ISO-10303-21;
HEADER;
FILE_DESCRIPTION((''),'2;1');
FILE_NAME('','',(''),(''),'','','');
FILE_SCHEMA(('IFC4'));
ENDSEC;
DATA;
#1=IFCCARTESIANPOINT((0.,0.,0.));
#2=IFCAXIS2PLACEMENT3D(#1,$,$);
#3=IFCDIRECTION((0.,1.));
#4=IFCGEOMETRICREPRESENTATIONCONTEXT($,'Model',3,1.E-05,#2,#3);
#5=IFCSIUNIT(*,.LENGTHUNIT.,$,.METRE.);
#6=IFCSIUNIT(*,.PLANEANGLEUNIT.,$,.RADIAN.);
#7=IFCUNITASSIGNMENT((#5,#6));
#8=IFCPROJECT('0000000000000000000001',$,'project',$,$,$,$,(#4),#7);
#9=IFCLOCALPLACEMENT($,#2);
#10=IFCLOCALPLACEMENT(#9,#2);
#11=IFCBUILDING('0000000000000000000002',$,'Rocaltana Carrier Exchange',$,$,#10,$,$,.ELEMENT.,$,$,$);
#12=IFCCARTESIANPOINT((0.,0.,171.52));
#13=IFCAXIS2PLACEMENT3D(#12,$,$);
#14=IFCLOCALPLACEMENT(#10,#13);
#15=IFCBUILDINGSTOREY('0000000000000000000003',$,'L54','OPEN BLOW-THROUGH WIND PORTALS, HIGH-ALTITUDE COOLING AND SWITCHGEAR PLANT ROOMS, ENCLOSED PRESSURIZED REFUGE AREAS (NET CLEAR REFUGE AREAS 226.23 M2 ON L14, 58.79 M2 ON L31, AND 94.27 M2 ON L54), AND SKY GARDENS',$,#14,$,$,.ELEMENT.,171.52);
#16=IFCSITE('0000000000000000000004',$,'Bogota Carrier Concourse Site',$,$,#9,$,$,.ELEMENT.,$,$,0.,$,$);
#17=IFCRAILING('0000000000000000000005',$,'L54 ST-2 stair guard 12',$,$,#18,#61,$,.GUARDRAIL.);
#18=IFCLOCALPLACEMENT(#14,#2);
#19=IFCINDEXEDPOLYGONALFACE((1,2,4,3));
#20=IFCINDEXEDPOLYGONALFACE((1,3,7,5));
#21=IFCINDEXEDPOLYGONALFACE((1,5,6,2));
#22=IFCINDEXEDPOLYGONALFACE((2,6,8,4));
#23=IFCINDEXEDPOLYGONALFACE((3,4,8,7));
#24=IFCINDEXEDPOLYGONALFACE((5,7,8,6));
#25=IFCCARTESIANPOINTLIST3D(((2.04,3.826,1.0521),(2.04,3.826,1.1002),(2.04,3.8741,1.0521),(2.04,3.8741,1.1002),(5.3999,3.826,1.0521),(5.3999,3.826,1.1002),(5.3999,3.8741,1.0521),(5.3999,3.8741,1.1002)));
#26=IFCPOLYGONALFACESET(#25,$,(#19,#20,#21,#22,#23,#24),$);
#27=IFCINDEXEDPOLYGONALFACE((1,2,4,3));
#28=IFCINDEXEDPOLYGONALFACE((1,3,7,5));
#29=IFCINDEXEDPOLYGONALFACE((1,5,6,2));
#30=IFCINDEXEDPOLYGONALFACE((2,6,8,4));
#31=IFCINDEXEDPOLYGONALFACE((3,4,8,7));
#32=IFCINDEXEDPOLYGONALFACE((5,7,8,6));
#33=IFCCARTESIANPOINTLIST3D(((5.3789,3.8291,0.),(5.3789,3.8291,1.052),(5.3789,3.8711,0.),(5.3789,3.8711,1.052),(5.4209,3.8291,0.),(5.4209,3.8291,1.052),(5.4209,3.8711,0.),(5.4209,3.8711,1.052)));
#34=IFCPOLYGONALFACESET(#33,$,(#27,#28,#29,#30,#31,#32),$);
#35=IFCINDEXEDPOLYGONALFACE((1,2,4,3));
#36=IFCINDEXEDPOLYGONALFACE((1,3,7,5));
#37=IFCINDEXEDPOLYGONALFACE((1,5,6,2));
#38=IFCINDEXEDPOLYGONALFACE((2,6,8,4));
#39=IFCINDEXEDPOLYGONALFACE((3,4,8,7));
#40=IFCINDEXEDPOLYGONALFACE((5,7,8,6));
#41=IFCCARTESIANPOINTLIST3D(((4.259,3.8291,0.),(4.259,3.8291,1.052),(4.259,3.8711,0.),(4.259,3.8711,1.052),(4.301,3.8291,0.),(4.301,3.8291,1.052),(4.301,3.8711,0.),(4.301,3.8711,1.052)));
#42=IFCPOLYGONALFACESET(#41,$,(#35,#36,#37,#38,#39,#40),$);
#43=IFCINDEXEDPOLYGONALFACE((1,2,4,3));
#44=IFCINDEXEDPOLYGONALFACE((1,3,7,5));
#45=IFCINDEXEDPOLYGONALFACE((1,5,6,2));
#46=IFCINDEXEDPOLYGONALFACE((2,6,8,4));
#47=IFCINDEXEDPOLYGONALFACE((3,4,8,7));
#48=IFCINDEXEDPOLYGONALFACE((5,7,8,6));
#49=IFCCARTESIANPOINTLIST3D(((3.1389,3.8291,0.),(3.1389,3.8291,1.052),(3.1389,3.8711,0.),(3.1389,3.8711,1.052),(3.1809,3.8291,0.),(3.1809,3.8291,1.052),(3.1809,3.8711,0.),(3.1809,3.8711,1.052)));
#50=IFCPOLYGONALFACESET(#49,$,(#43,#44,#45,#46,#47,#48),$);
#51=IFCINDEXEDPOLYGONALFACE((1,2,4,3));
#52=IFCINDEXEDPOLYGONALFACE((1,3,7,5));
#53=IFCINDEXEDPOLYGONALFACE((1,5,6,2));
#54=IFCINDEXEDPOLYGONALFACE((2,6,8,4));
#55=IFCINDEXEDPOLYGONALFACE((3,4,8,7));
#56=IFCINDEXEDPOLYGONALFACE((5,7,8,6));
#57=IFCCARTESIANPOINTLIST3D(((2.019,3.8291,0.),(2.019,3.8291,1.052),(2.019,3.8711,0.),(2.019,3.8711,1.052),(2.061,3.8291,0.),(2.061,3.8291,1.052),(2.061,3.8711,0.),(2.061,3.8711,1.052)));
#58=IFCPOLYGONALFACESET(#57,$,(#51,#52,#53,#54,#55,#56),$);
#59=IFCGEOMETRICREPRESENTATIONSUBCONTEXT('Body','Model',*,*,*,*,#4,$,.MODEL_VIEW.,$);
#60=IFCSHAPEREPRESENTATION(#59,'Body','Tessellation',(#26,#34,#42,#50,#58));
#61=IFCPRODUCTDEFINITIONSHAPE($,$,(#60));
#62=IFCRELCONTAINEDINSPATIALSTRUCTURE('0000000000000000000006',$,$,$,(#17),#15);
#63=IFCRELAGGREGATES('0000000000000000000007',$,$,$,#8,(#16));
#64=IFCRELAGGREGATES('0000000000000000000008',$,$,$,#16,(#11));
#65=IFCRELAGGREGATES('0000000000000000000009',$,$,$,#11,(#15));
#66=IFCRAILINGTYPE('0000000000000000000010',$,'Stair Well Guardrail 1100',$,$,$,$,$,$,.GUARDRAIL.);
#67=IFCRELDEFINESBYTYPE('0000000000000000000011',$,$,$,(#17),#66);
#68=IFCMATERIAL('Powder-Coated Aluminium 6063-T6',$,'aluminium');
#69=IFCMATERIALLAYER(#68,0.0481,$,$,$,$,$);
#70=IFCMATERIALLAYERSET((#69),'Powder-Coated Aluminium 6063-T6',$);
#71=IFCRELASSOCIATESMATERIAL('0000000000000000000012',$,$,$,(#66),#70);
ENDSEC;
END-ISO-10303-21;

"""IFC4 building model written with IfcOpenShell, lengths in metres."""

from ifc_helpers import new_model, si_unit, direction, frame, origin, origin_2d, place, context, subcontext, project, spatial, rectangle, extrude, material, layer, layer_set, type_object, element, save


model = new_model("IFC4")

# Units and contexts
model_context = context("Model", 3, precision=1e-05, world=origin(), true_north=direction((0.0, 1.0)))
body_context = subcontext(model_context, "Body", "Model", "MODEL_VIEW")
ifc_project = project(units=[si_unit("LENGTHUNIT", "METRE"), si_unit("PLANEANGLEUNIT", "RADIAN")], contexts=[model_context])

# Site, building, storey
site_placement = place(None, origin())
site = spatial("IfcSite", under=ifc_project, at=site_placement, Name="Bogota Carrier Concourse Site", CompositionType="ELEMENT", RefElevation=0.0)
building_placement = place(site_placement, origin())
building = spatial("IfcBuilding", under=site, at=building_placement, Name="Rocaltana Carrier Exchange", CompositionType="ELEMENT")
storey_placement = place(building_placement, frame((0.0, 0.0, 171.52)))
storey = spatial("IfcBuildingStorey", under=building, at=storey_placement, Name="L54", Description="OPEN BLOW-THROUGH WIND PORTALS, HIGH-ALTITUDE COOLING AND SWITCHGEAR PLANT ROOMS, ENCLOSED PRESSURIZED REFUGE AREAS (NET CLEAR REFUGE AREAS 226.23 M2 ON L14, 58.79 M2 ON L31, AND 94.27 M2 ON L54), AND SKY GARDENS", CompositionType="ELEMENT", Elevation=171.52)

# Railing
ifc_material_1 = material(Name="Powder-Coated Aluminium 6063-T6", Category="aluminium")
ifc_layer_1 = layer(ifc_material_1, 0.0481)
ifc_layer_set_1 = layer_set([ifc_layer_1], Name="Powder-Coated Aluminium 6063-T6")
railing_type_1 = type_object("IfcRailingType", Name="Stair Well Guardrail 1100", PredefinedType="GUARDRAIL", material=ifc_layer_set_1)
railing_1_placement = place(storey_placement, frame((5.3999, 3.8501, 0.0)))
element("IfcRailing", 1, at=railing_1_placement, inside=storey, type_object=railing_type_1, Name="L54 ST-2 stair guard 12", PredefinedType="GUARDRAIL", context=body_context, shape_type="SweptSolid", body=[
    extrude(rectangle(XDim=0.0481, YDim=0.0481, at=origin_2d()), frame((0.0, 0.0, 1.0762), z_axis=(-1.0, 0.0, 0.0), x_axis=(0.0, -1.0, 0.0)), (0.0, 0.0, 1.0), 3.3599),
    extrude(rectangle(XDim=0.042, YDim=0.042, at=origin_2d()), origin(), (0.0, 0.0, 1.0), 1.052),
    extrude(rectangle(XDim=0.042, YDim=0.042, at=origin_2d()), frame((-1.1199, 0.0, 0.0)), (0.0, 0.0, 1.0), 1.052),
    extrude(rectangle(XDim=0.042, YDim=0.042, at=origin_2d()), frame((-2.24, 0.0, 0.0)), (0.0, 0.0, 1.0), 1.052),
    extrude(rectangle(XDim=0.042, YDim=0.042, at=origin_2d()), frame((-3.3599, 0.0, 0.0)), (0.0, 0.0, 1.0), 1.052),
])

save(model, "model.ifc")
